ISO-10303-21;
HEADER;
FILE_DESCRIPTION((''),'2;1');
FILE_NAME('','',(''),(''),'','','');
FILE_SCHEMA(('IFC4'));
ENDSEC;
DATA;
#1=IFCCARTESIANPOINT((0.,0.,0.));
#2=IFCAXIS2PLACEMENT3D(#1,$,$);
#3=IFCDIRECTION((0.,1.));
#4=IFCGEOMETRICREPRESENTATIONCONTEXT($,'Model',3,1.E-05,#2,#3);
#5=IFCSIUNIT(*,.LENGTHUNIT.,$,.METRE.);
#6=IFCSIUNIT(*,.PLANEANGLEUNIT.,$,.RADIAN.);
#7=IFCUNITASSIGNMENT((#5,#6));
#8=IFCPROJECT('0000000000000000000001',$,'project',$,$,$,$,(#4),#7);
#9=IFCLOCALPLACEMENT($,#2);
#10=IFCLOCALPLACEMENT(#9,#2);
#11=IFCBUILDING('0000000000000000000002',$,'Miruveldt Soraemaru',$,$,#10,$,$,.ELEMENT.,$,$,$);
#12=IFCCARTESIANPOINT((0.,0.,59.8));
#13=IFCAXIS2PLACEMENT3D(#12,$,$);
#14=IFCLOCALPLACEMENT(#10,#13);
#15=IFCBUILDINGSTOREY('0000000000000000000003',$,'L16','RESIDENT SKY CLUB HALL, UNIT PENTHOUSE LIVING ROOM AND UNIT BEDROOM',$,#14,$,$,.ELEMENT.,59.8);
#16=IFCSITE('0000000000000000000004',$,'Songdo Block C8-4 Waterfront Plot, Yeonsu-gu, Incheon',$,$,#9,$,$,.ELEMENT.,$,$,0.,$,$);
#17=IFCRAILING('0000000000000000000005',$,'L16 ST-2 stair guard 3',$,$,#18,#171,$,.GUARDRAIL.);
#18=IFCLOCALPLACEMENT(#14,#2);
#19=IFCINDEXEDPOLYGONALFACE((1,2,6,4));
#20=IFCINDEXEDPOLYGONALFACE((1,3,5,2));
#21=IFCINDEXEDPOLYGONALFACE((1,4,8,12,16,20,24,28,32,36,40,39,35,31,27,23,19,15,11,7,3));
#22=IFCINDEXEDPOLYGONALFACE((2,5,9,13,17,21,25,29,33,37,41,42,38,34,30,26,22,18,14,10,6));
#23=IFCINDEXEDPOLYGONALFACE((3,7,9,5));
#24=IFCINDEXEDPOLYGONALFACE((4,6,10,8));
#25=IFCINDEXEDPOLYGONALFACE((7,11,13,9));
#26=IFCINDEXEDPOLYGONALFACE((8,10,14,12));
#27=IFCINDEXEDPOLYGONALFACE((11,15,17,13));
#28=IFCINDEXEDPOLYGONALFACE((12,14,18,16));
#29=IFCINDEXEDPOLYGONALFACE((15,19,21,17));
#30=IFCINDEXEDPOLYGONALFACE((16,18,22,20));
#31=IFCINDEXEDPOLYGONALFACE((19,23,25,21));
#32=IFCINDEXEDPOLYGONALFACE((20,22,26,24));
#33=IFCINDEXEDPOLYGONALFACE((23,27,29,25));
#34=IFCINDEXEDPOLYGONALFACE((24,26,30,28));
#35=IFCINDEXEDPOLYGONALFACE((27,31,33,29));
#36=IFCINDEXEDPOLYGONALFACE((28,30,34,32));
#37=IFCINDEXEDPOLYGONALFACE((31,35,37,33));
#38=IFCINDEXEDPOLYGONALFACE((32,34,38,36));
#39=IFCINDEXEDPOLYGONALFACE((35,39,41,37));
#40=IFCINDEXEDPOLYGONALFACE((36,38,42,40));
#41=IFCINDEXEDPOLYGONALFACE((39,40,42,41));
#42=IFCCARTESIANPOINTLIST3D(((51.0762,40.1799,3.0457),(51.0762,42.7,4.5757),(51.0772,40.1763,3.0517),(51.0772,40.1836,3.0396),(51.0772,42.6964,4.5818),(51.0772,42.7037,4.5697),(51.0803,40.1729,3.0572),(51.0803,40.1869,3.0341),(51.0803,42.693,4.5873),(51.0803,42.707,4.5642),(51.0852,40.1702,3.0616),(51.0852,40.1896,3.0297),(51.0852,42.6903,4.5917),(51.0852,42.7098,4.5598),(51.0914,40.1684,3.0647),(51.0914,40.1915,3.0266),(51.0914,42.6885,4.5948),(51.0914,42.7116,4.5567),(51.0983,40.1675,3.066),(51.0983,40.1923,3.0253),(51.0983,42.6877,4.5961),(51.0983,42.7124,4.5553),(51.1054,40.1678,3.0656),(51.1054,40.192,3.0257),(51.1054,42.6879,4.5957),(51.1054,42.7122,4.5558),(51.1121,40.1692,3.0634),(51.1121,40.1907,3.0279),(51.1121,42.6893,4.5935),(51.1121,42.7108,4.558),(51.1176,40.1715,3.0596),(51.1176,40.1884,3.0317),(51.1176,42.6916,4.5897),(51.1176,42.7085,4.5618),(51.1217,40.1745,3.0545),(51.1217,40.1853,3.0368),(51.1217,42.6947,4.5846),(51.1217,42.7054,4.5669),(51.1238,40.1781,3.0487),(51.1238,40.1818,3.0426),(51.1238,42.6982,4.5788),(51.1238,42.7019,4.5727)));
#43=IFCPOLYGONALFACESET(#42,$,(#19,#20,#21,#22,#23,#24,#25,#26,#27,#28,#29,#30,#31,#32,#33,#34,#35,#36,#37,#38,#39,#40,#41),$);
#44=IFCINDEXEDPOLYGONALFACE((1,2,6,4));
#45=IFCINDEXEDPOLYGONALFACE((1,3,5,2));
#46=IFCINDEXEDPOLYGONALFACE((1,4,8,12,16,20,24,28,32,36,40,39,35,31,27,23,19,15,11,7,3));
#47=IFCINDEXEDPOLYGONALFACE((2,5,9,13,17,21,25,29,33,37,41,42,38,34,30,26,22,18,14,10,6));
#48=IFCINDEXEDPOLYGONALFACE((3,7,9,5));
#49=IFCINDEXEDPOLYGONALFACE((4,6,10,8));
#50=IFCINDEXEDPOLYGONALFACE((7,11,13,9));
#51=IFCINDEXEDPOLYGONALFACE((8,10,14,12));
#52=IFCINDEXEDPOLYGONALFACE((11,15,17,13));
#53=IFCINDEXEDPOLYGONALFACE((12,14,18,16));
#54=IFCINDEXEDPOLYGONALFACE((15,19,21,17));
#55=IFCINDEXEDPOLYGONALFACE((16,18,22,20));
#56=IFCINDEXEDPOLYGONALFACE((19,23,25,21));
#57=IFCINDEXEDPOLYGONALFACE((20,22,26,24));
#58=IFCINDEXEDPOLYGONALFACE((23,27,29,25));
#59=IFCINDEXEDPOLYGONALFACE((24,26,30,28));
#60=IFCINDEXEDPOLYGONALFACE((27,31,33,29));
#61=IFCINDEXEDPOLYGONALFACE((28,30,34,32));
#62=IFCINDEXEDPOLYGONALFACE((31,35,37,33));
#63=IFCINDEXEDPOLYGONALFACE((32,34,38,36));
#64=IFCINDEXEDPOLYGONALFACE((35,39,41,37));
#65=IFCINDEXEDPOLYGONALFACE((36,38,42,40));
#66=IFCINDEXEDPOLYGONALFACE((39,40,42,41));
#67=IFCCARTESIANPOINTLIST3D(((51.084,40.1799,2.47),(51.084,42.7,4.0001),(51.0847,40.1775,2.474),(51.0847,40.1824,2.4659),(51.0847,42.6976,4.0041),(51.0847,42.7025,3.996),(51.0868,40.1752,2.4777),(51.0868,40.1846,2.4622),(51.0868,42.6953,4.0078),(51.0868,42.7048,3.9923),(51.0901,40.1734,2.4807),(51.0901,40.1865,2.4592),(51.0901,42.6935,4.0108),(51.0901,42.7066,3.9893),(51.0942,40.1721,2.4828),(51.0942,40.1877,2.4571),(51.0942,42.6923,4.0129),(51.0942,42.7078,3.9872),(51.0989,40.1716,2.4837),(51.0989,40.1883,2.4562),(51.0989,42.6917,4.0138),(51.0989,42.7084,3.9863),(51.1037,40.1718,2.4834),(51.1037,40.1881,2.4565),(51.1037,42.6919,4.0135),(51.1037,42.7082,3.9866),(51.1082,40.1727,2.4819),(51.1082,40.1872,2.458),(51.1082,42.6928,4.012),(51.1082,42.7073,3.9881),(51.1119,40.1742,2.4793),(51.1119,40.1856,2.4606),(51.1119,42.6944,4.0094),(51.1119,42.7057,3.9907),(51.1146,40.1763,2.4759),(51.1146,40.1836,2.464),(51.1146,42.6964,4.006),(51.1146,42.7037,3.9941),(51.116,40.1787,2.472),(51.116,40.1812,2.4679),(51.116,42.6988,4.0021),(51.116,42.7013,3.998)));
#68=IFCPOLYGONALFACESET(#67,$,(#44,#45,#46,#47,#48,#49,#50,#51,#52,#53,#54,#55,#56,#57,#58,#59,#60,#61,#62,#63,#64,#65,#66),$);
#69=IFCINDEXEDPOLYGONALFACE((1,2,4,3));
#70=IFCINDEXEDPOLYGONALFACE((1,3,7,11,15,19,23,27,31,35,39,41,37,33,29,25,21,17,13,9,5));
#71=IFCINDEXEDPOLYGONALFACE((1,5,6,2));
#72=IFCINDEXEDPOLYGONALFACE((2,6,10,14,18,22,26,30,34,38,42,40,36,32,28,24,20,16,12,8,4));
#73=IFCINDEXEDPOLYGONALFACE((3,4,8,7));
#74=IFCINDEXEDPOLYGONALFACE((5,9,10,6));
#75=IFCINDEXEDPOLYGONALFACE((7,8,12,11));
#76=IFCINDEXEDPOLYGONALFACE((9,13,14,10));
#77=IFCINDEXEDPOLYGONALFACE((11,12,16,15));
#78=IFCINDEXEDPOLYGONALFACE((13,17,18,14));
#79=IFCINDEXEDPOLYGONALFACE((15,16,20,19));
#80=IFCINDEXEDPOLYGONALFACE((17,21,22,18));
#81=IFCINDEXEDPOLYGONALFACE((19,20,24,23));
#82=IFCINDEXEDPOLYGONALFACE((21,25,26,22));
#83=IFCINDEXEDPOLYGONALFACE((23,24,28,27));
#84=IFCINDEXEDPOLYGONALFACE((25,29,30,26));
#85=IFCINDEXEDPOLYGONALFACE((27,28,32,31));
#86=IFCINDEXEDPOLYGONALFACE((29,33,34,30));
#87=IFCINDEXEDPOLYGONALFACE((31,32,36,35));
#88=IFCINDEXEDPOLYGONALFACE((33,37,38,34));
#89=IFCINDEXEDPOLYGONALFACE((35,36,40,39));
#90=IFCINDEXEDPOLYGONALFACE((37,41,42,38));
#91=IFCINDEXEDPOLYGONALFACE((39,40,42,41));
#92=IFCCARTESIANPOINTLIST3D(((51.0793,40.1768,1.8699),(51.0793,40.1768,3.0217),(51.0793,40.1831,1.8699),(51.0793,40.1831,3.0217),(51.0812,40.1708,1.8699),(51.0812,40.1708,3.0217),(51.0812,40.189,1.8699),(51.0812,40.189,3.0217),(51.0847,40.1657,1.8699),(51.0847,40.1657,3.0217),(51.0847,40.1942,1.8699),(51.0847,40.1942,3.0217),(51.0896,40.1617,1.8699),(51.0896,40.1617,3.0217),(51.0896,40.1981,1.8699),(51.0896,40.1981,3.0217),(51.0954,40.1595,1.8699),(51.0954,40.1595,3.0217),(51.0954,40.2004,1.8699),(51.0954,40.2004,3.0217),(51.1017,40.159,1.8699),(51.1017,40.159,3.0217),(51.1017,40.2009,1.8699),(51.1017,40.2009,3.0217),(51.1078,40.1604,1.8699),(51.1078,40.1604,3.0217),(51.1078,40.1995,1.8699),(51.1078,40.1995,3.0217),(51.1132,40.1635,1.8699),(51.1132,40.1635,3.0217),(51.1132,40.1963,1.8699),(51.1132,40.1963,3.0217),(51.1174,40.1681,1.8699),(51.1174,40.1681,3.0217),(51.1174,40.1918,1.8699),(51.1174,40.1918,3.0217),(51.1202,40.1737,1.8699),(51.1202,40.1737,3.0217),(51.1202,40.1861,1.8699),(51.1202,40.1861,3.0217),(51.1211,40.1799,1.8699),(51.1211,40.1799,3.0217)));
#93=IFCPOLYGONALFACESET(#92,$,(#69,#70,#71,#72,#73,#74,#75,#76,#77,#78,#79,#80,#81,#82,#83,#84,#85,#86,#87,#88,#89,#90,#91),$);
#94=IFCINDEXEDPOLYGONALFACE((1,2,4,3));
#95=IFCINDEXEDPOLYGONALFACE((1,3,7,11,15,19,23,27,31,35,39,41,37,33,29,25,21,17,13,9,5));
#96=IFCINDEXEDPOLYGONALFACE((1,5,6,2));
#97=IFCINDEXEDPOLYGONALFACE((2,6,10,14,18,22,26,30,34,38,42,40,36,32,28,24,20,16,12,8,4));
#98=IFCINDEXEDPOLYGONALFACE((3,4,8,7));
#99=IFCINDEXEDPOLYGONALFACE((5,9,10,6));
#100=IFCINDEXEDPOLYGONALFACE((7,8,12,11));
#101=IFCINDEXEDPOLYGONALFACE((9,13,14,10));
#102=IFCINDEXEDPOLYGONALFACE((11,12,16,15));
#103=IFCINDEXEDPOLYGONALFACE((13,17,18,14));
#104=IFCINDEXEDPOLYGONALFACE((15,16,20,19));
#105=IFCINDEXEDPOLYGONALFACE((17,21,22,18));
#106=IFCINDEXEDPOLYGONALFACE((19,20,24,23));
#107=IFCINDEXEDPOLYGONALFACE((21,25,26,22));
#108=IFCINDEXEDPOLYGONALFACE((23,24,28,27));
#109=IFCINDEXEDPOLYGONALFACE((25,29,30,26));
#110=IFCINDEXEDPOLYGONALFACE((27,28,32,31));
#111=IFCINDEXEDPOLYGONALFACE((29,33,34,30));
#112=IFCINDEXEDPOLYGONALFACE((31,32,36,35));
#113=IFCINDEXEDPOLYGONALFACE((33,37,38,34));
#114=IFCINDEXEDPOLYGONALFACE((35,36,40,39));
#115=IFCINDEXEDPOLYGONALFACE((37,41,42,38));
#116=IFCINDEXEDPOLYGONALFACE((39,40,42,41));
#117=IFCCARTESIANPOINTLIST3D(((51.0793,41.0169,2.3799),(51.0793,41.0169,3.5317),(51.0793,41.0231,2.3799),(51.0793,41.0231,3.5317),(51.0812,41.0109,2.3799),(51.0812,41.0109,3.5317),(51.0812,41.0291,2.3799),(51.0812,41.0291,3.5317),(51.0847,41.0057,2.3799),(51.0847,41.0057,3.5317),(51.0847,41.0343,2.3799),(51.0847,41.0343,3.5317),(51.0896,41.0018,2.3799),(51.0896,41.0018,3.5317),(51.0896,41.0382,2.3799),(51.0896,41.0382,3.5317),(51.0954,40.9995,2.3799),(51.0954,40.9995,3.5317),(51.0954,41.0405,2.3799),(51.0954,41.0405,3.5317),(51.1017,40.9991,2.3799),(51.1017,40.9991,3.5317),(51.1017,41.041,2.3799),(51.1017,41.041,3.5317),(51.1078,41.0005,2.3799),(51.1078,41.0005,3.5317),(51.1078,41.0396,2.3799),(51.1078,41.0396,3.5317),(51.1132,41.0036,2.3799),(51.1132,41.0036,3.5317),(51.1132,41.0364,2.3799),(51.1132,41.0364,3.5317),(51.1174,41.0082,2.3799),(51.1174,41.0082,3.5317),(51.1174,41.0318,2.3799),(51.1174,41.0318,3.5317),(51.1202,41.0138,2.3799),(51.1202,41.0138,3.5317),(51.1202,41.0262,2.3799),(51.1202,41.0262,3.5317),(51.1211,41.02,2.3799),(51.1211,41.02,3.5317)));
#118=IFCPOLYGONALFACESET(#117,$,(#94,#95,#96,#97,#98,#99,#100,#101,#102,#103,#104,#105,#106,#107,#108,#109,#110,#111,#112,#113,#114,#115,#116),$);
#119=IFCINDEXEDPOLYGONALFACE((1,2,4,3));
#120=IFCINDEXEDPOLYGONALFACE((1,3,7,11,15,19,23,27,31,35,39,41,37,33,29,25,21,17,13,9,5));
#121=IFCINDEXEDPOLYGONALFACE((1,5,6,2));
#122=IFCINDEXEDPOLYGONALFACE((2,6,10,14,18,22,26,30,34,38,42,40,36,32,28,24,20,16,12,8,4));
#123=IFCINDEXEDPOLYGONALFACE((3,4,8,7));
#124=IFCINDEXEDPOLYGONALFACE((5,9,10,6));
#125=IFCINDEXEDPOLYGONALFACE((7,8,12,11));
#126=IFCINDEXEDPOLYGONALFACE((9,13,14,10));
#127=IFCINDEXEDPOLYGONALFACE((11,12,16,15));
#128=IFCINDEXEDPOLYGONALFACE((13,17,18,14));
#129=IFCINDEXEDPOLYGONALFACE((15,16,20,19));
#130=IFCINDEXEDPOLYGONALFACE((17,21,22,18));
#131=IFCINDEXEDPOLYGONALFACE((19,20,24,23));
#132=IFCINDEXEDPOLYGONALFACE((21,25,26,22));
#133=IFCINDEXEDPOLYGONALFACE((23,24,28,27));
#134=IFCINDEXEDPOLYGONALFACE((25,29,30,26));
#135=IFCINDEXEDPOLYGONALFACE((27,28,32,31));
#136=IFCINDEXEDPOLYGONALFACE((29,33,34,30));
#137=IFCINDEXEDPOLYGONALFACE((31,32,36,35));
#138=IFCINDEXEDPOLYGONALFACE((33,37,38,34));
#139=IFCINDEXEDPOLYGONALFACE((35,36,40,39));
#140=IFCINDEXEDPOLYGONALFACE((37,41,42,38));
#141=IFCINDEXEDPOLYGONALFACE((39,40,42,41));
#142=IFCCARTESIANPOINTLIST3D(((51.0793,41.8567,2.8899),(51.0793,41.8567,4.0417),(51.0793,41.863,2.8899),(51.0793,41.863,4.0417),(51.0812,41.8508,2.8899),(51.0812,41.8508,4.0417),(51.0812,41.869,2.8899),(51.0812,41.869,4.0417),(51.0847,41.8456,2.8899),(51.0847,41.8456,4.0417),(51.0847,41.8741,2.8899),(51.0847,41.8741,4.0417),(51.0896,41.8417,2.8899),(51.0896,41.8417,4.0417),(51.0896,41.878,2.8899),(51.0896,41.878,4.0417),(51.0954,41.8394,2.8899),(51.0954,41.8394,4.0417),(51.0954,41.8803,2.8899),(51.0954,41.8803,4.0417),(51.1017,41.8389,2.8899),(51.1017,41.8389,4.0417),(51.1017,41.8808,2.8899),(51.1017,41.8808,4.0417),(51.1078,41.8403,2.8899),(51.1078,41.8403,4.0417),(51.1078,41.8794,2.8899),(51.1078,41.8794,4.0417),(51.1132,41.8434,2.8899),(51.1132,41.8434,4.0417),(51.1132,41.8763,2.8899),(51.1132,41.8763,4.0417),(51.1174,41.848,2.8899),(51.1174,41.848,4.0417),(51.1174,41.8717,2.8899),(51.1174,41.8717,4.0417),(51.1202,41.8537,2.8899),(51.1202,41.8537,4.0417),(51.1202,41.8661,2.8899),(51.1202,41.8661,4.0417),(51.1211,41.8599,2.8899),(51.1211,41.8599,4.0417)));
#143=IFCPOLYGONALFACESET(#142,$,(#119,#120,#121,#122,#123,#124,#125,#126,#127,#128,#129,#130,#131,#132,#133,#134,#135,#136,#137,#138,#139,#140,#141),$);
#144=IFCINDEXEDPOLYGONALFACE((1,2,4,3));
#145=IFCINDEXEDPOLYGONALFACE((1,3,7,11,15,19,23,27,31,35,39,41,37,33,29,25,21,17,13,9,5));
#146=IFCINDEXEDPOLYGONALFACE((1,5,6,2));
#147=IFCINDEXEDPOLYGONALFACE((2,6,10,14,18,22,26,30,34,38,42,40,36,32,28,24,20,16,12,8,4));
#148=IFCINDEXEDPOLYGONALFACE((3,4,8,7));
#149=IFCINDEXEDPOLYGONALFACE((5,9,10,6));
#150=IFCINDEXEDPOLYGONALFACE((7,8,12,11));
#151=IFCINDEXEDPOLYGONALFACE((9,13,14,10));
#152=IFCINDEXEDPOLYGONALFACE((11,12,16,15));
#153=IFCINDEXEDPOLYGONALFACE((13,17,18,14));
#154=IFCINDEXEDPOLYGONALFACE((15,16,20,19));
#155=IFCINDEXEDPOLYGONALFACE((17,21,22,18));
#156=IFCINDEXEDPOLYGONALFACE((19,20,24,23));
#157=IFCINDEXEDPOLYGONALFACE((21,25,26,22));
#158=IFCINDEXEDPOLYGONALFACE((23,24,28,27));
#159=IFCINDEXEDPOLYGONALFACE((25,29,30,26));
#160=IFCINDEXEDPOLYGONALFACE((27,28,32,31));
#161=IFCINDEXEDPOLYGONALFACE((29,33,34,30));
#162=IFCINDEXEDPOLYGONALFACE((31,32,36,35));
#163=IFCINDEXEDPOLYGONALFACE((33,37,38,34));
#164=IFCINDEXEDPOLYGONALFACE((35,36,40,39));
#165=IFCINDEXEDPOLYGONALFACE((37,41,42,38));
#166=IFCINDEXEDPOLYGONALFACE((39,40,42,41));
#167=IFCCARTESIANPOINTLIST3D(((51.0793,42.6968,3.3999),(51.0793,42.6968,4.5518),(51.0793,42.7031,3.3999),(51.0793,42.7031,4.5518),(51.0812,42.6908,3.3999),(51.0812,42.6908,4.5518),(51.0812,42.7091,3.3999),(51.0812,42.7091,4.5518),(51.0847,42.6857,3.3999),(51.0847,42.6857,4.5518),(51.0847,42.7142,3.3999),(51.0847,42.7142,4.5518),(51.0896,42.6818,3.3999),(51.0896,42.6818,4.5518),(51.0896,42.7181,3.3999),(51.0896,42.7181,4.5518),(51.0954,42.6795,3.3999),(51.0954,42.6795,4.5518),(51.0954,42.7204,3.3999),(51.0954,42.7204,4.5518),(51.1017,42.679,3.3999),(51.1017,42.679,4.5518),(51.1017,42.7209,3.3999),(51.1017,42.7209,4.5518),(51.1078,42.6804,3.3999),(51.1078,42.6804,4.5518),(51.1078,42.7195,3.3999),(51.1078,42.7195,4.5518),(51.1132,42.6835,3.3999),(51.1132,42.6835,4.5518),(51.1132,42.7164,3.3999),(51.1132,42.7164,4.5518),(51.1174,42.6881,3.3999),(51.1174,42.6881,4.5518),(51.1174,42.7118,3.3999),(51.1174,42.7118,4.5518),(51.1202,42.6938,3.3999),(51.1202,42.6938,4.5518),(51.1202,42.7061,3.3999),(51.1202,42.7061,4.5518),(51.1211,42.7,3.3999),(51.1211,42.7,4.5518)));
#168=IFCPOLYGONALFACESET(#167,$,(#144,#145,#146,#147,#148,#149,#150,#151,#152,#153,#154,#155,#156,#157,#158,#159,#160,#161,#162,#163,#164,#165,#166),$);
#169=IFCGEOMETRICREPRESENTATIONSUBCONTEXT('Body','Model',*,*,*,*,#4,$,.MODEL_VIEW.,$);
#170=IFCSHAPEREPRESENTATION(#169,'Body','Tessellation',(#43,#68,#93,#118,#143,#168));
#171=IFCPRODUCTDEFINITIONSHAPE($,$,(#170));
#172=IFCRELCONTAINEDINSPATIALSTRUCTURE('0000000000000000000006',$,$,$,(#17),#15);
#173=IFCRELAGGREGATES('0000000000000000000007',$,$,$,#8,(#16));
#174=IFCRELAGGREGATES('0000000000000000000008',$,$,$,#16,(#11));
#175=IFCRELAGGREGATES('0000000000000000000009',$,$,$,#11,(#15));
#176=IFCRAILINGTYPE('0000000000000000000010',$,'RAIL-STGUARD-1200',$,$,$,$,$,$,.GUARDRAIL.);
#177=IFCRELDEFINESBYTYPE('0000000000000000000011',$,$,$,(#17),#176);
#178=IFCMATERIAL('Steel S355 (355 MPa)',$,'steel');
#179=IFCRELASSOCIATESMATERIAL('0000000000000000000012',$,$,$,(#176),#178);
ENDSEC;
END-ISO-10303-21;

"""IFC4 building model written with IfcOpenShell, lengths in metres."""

from ifc_helpers import new_model, si_unit, direction, frame, origin, origin_2d, place, context, subcontext, project, spatial, circle, extrude, material, type_object, element, save


model = new_model("IFC4")

# Units and contexts
model_context = context("Model", 3, precision=1e-05, world=origin(), true_north=direction((0.0, 1.0)))
body_context = subcontext(model_context, "Body", "Model", "MODEL_VIEW")
ifc_project = project(units=[si_unit("LENGTHUNIT", "METRE"), si_unit("PLANEANGLEUNIT", "RADIAN")], contexts=[model_context])

# Site, building, storey
site_placement = place(None, origin())
site = spatial("IfcSite", under=ifc_project, at=site_placement, Name="Songdo Block C8-4 Waterfront Plot, Yeonsu-gu, Incheon", CompositionType="ELEMENT", RefElevation=0.0)
building_placement = place(site_placement, origin())
building = spatial("IfcBuilding", under=site, at=building_placement, Name="Miruveldt Soraemaru", CompositionType="ELEMENT")
storey_placement = place(building_placement, frame((0.0, 0.0, 59.8)))
storey = spatial("IfcBuildingStorey", under=building, at=storey_placement, Name="L16", Description="RESIDENT SKY CLUB HALL, UNIT PENTHOUSE LIVING ROOM AND UNIT BEDROOM", CompositionType="ELEMENT", Elevation=59.8)

# Railing
ifc_material_1 = material(Name="Steel S355 (355 MPa)", Category="steel")
railing_type_1 = type_object("IfcRailingType", Name="RAIL-STGUARD-1200", PredefinedType="GUARDRAIL", material=ifc_material_1)
railing_1_placement = place(storey_placement, frame((51.1001, 40.1799, 1.8699)))
element("IfcRailing", 1, at=railing_1_placement, inside=storey, type_object=railing_type_1, Name="L16 ST-2 stair guard 3", PredefinedType="GUARDRAIL", context=body_context, shape_type="SweptSolid", body=[
    extrude(circle(Radius=0.0239, at=origin_2d()), frame((0.0, 0.0, 1.1758), z_axis=(0.0, 0.854785, 0.518982), x_axis=(-1.0, 0.0, 0.0)), (0.0, 0.0, 1.0), 2.9482),
    extrude(circle(Radius=0.0161, at=origin_2d()), frame((0.0, 0.0, 0.6001), z_axis=(0.0, 0.854785, 0.518982), x_axis=(-1.0, 0.0, 0.0)), (0.0, 0.0, 1.0), 2.9482),
    extrude(circle(Radius=0.021, at=origin_2d()), origin(), (0.0, 0.0, 1.0), 1.1519),
    extrude(circle(Radius=0.021, at=origin_2d()), frame((0.0, 0.8401, 0.51)), (0.0, 0.0, 1.0), 1.1519),
    extrude(circle(Radius=0.021, at=origin_2d()), frame((0.0, 1.6799, 1.02)), (0.0, 0.0, 1.0), 1.1519),
    extrude(circle(Radius=0.021, at=origin_2d()), frame((0.0, 2.52, 1.53)), (0.0, 0.0, 1.0), 1.1519),
])

save(model, "model.ifc")
